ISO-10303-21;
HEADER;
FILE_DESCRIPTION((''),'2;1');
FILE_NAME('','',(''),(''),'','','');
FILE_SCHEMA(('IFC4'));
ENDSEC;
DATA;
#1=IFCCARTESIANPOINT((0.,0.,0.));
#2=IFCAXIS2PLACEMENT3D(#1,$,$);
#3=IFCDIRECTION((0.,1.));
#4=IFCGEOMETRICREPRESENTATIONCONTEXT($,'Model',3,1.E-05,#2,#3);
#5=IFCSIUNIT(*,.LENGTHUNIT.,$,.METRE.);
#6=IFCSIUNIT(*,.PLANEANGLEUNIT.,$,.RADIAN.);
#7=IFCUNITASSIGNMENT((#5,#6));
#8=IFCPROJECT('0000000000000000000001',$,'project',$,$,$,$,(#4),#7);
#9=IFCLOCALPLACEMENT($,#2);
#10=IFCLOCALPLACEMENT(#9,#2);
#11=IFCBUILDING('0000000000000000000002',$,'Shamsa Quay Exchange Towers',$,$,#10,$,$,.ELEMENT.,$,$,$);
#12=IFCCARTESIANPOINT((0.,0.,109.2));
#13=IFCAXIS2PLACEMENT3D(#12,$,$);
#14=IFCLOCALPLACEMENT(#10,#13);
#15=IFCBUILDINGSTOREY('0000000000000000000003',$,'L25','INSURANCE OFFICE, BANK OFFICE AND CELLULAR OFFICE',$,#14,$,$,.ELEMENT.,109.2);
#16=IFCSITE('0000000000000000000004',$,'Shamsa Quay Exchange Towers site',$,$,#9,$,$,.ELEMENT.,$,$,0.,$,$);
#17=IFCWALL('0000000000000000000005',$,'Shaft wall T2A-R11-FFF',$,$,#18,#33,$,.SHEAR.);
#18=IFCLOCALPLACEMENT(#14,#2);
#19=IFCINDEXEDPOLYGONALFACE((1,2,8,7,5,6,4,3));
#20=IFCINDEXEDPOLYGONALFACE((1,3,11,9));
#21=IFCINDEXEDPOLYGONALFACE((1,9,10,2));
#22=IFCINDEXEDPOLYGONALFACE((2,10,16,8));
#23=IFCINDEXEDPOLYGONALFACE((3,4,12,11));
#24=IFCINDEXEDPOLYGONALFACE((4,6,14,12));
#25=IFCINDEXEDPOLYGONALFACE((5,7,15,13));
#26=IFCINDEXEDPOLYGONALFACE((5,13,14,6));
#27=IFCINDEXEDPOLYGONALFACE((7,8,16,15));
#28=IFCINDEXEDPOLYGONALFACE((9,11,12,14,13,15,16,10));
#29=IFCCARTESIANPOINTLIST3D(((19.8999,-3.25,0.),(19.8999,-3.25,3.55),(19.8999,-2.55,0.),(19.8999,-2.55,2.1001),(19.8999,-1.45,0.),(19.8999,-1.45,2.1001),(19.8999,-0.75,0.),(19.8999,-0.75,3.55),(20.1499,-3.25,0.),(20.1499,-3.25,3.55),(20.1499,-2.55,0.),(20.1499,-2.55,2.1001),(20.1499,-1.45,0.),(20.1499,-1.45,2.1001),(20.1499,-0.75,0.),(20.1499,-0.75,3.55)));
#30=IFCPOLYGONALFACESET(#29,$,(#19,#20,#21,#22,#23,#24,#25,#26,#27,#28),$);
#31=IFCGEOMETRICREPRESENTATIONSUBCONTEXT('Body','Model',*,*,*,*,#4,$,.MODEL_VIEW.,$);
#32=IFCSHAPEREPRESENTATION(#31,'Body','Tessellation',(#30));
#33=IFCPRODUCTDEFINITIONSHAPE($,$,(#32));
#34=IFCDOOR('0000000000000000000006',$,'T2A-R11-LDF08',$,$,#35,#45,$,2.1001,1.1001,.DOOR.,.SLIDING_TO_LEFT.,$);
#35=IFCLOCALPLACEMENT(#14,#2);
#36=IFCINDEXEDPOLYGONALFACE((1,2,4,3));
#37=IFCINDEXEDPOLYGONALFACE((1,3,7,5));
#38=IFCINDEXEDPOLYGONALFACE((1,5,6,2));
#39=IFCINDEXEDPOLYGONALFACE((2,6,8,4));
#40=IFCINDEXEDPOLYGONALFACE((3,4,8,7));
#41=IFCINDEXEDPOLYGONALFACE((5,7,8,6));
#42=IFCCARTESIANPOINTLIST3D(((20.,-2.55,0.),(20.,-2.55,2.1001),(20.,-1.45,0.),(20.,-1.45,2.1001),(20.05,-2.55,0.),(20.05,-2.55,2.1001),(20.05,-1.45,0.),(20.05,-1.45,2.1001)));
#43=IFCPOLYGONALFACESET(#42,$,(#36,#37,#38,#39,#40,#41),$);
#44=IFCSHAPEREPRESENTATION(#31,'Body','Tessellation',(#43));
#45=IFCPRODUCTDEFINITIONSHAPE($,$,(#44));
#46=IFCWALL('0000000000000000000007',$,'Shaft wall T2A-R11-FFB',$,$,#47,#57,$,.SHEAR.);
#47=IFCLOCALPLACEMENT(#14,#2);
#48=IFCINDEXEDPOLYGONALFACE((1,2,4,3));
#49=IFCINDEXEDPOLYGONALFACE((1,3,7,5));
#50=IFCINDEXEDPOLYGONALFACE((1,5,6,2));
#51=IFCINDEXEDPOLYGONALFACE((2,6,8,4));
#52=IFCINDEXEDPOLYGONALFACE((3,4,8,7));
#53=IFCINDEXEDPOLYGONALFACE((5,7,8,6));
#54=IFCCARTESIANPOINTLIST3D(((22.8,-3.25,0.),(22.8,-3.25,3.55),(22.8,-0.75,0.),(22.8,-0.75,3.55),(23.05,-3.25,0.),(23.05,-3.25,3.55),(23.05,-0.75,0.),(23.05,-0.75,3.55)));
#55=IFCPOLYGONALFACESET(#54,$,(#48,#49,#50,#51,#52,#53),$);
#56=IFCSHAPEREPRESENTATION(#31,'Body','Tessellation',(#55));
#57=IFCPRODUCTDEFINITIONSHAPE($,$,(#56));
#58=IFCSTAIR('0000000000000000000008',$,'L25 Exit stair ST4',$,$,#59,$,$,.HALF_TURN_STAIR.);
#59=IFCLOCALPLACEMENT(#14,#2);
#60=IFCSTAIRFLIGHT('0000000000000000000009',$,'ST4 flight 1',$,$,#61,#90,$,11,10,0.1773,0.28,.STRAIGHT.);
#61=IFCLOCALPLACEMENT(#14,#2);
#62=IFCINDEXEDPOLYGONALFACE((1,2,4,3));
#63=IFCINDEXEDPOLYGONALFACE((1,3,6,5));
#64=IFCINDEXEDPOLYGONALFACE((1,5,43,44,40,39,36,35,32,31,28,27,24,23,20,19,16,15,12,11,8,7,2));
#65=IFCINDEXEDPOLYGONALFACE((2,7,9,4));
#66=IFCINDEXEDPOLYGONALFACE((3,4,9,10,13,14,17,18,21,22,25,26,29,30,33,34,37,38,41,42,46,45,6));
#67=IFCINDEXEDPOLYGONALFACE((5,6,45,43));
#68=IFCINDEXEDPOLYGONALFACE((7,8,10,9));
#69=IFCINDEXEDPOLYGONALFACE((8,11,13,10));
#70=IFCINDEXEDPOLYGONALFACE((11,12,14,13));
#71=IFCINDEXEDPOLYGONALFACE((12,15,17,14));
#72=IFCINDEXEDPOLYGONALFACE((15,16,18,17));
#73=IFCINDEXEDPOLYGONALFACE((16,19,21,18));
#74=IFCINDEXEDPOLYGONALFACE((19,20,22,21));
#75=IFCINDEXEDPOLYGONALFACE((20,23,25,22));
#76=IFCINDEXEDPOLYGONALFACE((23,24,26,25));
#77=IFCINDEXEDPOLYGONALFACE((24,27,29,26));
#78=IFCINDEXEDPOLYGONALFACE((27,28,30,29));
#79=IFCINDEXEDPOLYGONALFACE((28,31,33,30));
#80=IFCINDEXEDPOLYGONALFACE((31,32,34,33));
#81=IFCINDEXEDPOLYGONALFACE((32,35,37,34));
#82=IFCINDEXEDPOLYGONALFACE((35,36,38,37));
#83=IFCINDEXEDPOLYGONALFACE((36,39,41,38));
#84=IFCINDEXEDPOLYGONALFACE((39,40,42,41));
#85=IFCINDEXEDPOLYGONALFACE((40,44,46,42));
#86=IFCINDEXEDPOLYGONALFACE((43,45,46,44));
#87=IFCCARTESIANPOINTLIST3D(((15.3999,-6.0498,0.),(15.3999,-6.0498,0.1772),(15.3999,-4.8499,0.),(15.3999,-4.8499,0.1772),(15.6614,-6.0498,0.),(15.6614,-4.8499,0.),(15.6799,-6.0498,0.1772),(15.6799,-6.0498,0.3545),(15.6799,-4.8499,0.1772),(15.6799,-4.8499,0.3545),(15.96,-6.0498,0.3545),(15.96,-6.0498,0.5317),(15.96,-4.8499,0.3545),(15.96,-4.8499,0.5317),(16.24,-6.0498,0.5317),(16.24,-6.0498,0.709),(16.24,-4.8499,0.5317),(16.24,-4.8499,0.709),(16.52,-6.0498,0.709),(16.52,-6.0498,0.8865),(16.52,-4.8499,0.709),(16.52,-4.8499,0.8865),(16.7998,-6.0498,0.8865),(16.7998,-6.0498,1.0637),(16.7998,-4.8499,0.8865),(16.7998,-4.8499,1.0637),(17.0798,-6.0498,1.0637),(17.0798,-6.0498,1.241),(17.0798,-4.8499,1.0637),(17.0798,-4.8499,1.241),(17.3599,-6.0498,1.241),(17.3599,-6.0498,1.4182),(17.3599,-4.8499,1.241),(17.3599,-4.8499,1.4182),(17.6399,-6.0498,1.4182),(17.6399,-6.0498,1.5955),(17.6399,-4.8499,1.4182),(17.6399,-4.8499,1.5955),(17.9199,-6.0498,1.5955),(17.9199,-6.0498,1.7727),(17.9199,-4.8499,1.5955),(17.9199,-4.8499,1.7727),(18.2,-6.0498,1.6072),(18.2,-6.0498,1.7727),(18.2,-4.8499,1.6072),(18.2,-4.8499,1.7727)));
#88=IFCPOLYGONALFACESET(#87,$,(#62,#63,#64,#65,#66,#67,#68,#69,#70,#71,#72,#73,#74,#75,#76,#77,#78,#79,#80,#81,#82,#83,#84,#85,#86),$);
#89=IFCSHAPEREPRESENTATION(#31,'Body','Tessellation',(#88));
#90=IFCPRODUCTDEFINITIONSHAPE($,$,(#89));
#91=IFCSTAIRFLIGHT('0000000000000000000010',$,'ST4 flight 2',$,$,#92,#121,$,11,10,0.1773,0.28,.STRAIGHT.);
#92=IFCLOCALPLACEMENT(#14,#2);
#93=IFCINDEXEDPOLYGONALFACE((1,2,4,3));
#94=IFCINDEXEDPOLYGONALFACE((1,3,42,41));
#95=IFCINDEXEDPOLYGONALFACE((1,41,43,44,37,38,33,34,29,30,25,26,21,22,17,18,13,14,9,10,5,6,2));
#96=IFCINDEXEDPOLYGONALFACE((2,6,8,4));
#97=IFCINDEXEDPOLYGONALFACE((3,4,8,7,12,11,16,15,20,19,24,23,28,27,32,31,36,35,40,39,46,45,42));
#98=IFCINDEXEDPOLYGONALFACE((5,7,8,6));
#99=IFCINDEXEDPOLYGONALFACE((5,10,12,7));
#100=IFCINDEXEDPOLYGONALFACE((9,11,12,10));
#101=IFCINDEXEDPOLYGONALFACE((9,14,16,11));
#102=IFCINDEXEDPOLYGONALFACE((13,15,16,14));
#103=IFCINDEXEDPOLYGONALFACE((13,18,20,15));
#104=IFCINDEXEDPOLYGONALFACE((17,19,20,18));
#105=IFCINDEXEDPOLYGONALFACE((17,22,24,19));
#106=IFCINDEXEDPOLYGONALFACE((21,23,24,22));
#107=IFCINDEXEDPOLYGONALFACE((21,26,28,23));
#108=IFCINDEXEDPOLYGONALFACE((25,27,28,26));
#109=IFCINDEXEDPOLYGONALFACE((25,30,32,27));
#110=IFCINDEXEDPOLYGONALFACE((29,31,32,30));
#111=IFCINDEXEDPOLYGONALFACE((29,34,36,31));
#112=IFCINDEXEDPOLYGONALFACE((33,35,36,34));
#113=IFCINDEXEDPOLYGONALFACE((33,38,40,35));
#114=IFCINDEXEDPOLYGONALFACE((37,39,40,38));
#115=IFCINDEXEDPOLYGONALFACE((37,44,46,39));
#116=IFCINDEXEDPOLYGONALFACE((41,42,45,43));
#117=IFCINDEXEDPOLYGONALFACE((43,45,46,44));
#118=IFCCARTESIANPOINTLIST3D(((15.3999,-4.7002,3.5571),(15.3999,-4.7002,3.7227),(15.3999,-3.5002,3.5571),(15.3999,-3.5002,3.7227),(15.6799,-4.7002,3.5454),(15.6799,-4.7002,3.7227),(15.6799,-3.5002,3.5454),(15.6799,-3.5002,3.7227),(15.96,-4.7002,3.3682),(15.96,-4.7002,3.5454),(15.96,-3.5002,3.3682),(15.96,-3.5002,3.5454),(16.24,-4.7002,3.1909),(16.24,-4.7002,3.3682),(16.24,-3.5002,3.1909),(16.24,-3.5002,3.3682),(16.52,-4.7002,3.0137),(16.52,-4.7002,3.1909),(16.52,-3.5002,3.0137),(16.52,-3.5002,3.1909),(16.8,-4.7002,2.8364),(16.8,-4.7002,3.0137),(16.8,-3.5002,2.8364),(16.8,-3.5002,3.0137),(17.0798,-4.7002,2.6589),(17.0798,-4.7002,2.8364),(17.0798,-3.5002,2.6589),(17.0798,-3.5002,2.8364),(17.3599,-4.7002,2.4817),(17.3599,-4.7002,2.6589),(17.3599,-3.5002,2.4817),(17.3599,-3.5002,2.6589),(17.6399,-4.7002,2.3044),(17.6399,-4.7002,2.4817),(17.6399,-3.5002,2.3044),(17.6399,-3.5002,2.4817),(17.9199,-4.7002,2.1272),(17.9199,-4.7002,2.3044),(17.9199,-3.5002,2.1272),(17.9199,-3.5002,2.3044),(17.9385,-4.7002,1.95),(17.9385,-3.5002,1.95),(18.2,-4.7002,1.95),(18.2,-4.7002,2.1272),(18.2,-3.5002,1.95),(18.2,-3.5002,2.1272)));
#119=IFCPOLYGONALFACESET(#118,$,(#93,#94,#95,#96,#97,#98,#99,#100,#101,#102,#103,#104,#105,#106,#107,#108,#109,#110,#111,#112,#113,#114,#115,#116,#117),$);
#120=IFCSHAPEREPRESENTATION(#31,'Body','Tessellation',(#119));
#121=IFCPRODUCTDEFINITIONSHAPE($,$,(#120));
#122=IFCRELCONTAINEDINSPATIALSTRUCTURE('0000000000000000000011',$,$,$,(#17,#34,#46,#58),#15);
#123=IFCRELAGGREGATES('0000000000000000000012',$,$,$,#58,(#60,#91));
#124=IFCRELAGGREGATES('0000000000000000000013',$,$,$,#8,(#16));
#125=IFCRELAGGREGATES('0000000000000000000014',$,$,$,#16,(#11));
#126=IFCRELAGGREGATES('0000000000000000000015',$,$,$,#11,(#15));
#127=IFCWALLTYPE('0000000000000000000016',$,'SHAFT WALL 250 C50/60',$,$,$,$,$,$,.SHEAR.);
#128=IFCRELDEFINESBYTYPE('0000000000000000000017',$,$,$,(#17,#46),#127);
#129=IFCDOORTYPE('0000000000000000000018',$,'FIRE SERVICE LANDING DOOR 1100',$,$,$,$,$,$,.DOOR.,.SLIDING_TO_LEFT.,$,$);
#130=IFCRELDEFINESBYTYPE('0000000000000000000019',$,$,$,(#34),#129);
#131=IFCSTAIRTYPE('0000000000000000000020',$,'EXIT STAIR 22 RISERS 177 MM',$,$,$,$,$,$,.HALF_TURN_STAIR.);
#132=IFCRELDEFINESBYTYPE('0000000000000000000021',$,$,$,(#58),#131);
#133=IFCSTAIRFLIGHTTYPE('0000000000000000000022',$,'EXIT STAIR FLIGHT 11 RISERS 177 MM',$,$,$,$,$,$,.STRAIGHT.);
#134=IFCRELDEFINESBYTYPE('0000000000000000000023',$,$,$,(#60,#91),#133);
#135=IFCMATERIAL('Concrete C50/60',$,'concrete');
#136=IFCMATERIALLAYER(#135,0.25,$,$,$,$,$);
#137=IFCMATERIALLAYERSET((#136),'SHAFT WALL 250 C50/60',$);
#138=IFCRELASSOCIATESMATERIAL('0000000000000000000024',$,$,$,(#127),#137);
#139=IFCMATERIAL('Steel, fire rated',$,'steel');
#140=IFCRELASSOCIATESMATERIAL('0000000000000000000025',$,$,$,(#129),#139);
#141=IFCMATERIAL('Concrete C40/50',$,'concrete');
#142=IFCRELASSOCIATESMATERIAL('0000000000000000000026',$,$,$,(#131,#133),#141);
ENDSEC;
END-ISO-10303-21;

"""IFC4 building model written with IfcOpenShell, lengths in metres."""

from ifc_helpers import new_model, si_unit, direction, frame, frame_2d, origin, place, context, subcontext, project, spatial, polyline, rectangle, outline, extrude, material, layer, layer_set, type_object, element, fill, aggregate, save


model = new_model("IFC4")

# Units and contexts
model_context = context("Model", 3, precision=1e-05, world=origin(), true_north=direction((0.0, 1.0)))
body_context = subcontext(model_context, "Body", "Model", "MODEL_VIEW")
ifc_project = project(units=[si_unit("LENGTHUNIT", "METRE"), si_unit("PLANEANGLEUNIT", "RADIAN")], contexts=[model_context])

# Site, building, storey
site_placement = place(None, origin())
site = spatial("IfcSite", under=ifc_project, at=site_placement, Name="Shamsa Quay Exchange Towers site", CompositionType="ELEMENT", RefElevation=0.0)
building_placement = place(site_placement, origin())
building = spatial("IfcBuilding", under=site, at=building_placement, Name="Shamsa Quay Exchange Towers", CompositionType="ELEMENT")
storey_placement = place(building_placement, frame((0.0, 0.0, 109.2)))
storey = spatial("IfcBuildingStorey", under=building, at=storey_placement, Name="L25", Description="INSURANCE OFFICE, BANK OFFICE AND CELLULAR OFFICE", CompositionType="ELEMENT", Elevation=109.2)

# Shared definitions
ifc_material_1 = material(Name="Concrete C50/60", Category="concrete")
ifc_layer_1 = layer(ifc_material_1, 0.25)
ifc_layer_set_1 = layer_set([ifc_layer_1], Name="SHAFT WALL 250 C50/60")
wall_type_1 = type_object("IfcWallType", Name="SHAFT WALL 250 C50/60", PredefinedType="SHEAR", material=ifc_layer_set_1)

# Wall, opening, door
wall_1_placement = place(storey_placement, frame((20.0249, -3.25, 0.0), z_axis=(0.0, 0.0, 1.0), x_axis=(0.0, 1.0, 0.0)))
wall_1 = element("IfcWall", 1, at=wall_1_placement, inside=storey, type_object=wall_type_1, Name="Shaft wall T2A-R11-FFF", PredefinedType="SHEAR", context=body_context, shape_type="SweptSolid", body=[
    extrude(rectangle(XDim=2.5, YDim=0.25, at=frame_2d((1.25, 0.0))), origin(), (0.0, 0.0, 1.0), 3.55),
])
opening_1_placement = place(wall_1_placement, frame((0.7, 0.0, 0.0)))
opening_1 = element("IfcOpeningElement", 2, at=opening_1_placement, cuts=wall_1, PredefinedType="OPENING", context=body_context, shape_type="SweptSolid", body=[
    extrude(rectangle(XDim=1.1001, YDim=2.1001, at=frame_2d((0.55, 1.05))), frame((0.0, 0.135, 0.0), z_axis=(0.0, -1.0, 0.0), x_axis=(1.0, 0.0, 0.0)), (0.0, 0.0, 1.0), 0.27),
])
ifc_material_2 = material(Name="Steel, fire rated", Category="steel")
door_type_1 = type_object("IfcDoorType", Name="FIRE SERVICE LANDING DOOR 1100", OperationType="SLIDING_TO_LEFT", PredefinedType="DOOR", material=ifc_material_2)
door_1_placement = place(opening_1_placement, origin())
door_1 = element("IfcDoor", 3, at=door_1_placement, inside=storey, type_object=door_type_1, Name="T2A-R11-LDF08", OperationType="SLIDING_TO_LEFT", OverallHeight=2.1001, OverallWidth=1.1001, PredefinedType="DOOR", context=body_context, shape_type="SweptSolid", body=[
    extrude(rectangle(XDim=1.1001, YDim=2.1001, at=frame_2d((0.55, 1.05))), frame((0.0, 0.0249, 0.0), z_axis=(0.0, -1.0, 0.0), x_axis=(1.0, 0.0, 0.0)), (0.0, 0.0, 1.0), 0.05),
])
fill(opening_1, door_1)

# Wall
wall_2_placement = place(storey_placement, frame((22.925, -3.25, 0.0), z_axis=(0.0, 0.0, 1.0), x_axis=(0.0, 1.0, 0.0)))
element("IfcWall", 4, at=wall_2_placement, inside=storey, type_object=wall_type_1, Name="Shaft wall T2A-R11-FFB", PredefinedType="SHEAR", context=body_context, shape_type="SweptSolid", body=[
    extrude(rectangle(XDim=2.5, YDim=0.25, at=frame_2d((1.25, 0.0))), origin(), (0.0, 0.0, 1.0), 3.55),
])

# Stair, stair flights
ifc_material_3 = material(Name="Concrete C40/50", Category="concrete")
stair_type = type_object("IfcStairType", Name="EXIT STAIR 22 RISERS 177 MM", PredefinedType="HALF_TURN_STAIR", material=ifc_material_3)
stair_placement = place(storey_placement, origin())
stair = element("IfcStair", 5, at=stair_placement, inside=storey, type_object=stair_type, Name="L25 Exit stair ST4", PredefinedType="HALF_TURN_STAIR")
stair_flight_type = type_object("IfcStairFlightType", Name="EXIT STAIR FLIGHT 11 RISERS 177 MM", PredefinedType="STRAIGHT", material=ifc_material_3)
stair_flight_1_placement = place(storey_placement, frame((15.3999, -5.45, 0.0)))
stair_flight_1 = element("IfcStairFlight", 6, at=stair_flight_1_placement, type_object=stair_flight_type, Name="ST4 flight 1", NumberOfRisers=11, NumberOfTreads=10, PredefinedType="STRAIGHT", RiserHeight=0.1773, TreadLength=0.28, context=body_context, shape_type="SweptSolid", body=[
    extrude(outline(polyline([(0.0, 0.0), (0.0, 0.1772), (0.28, 0.1772), (0.28, 0.3545), (0.5601, 0.3545), (0.5601, 0.5317), (0.8401, 0.5317), (0.8401, 0.709), (1.1201, 0.709), (1.1201, 0.8865), (1.3999, 0.8865), (1.3999, 1.0637), (1.6799, 1.0637), (1.6799, 1.241), (1.96, 1.241), (1.96, 1.4182), (2.24, 1.4182), (2.24, 1.5955), (2.52, 1.5955), (2.52, 1.7727), (2.8, 1.7727), (2.8, 1.95), (2.8, 1.6072), (0.2615, 0.0), (0.0, 0.0)])), frame((0.0, 0.6001, 0.0), z_axis=(0.0, -1.0, 0.0), x_axis=(1.0, 0.0, 0.0)), (0.0, 0.0, 1.0), 1.2),
])
stair_flight_2_placement = place(storey_placement, frame((18.2, -4.1001, 1.95), z_axis=(0.0, 0.0, 1.0), x_axis=(-1.0, 0.0, 0.0)))
stair_flight_2 = element("IfcStairFlight", 7, at=stair_flight_2_placement, type_object=stair_flight_type, Name="ST4 flight 2", NumberOfRisers=11, NumberOfTreads=10, PredefinedType="STRAIGHT", RiserHeight=0.1773, TreadLength=0.28, context=body_context, shape_type="SweptSolid", body=[
    extrude(outline(polyline([(0.0, 0.0), (0.0, 0.1772), (0.28, 0.1772), (0.28, 0.3545), (0.5601, 0.3545), (0.5601, 0.5317), (0.8401, 0.5317), (0.8401, 0.709), (1.1201, 0.709), (1.1201, 0.8865), (1.3999, 0.8865), (1.3999, 1.0637), (1.6799, 1.0637), (1.6799, 1.241), (1.96, 1.241), (1.96, 1.4182), (2.24, 1.4182), (2.24, 1.5955), (2.52, 1.5955), (2.52, 1.7727), (2.8, 1.7727), (2.8, 1.95), (2.8, 1.6072), (0.2615, 0.0), (0.0, 0.0)])), frame((0.0, 0.6001, 0.0), z_axis=(0.0, -1.0, 0.0), x_axis=(1.0, 0.0, 0.0)), (0.0, 0.0, 1.0), 1.2),
])
aggregate(stair, [stair_flight_1, stair_flight_2])

save(model, "model.ifc")
